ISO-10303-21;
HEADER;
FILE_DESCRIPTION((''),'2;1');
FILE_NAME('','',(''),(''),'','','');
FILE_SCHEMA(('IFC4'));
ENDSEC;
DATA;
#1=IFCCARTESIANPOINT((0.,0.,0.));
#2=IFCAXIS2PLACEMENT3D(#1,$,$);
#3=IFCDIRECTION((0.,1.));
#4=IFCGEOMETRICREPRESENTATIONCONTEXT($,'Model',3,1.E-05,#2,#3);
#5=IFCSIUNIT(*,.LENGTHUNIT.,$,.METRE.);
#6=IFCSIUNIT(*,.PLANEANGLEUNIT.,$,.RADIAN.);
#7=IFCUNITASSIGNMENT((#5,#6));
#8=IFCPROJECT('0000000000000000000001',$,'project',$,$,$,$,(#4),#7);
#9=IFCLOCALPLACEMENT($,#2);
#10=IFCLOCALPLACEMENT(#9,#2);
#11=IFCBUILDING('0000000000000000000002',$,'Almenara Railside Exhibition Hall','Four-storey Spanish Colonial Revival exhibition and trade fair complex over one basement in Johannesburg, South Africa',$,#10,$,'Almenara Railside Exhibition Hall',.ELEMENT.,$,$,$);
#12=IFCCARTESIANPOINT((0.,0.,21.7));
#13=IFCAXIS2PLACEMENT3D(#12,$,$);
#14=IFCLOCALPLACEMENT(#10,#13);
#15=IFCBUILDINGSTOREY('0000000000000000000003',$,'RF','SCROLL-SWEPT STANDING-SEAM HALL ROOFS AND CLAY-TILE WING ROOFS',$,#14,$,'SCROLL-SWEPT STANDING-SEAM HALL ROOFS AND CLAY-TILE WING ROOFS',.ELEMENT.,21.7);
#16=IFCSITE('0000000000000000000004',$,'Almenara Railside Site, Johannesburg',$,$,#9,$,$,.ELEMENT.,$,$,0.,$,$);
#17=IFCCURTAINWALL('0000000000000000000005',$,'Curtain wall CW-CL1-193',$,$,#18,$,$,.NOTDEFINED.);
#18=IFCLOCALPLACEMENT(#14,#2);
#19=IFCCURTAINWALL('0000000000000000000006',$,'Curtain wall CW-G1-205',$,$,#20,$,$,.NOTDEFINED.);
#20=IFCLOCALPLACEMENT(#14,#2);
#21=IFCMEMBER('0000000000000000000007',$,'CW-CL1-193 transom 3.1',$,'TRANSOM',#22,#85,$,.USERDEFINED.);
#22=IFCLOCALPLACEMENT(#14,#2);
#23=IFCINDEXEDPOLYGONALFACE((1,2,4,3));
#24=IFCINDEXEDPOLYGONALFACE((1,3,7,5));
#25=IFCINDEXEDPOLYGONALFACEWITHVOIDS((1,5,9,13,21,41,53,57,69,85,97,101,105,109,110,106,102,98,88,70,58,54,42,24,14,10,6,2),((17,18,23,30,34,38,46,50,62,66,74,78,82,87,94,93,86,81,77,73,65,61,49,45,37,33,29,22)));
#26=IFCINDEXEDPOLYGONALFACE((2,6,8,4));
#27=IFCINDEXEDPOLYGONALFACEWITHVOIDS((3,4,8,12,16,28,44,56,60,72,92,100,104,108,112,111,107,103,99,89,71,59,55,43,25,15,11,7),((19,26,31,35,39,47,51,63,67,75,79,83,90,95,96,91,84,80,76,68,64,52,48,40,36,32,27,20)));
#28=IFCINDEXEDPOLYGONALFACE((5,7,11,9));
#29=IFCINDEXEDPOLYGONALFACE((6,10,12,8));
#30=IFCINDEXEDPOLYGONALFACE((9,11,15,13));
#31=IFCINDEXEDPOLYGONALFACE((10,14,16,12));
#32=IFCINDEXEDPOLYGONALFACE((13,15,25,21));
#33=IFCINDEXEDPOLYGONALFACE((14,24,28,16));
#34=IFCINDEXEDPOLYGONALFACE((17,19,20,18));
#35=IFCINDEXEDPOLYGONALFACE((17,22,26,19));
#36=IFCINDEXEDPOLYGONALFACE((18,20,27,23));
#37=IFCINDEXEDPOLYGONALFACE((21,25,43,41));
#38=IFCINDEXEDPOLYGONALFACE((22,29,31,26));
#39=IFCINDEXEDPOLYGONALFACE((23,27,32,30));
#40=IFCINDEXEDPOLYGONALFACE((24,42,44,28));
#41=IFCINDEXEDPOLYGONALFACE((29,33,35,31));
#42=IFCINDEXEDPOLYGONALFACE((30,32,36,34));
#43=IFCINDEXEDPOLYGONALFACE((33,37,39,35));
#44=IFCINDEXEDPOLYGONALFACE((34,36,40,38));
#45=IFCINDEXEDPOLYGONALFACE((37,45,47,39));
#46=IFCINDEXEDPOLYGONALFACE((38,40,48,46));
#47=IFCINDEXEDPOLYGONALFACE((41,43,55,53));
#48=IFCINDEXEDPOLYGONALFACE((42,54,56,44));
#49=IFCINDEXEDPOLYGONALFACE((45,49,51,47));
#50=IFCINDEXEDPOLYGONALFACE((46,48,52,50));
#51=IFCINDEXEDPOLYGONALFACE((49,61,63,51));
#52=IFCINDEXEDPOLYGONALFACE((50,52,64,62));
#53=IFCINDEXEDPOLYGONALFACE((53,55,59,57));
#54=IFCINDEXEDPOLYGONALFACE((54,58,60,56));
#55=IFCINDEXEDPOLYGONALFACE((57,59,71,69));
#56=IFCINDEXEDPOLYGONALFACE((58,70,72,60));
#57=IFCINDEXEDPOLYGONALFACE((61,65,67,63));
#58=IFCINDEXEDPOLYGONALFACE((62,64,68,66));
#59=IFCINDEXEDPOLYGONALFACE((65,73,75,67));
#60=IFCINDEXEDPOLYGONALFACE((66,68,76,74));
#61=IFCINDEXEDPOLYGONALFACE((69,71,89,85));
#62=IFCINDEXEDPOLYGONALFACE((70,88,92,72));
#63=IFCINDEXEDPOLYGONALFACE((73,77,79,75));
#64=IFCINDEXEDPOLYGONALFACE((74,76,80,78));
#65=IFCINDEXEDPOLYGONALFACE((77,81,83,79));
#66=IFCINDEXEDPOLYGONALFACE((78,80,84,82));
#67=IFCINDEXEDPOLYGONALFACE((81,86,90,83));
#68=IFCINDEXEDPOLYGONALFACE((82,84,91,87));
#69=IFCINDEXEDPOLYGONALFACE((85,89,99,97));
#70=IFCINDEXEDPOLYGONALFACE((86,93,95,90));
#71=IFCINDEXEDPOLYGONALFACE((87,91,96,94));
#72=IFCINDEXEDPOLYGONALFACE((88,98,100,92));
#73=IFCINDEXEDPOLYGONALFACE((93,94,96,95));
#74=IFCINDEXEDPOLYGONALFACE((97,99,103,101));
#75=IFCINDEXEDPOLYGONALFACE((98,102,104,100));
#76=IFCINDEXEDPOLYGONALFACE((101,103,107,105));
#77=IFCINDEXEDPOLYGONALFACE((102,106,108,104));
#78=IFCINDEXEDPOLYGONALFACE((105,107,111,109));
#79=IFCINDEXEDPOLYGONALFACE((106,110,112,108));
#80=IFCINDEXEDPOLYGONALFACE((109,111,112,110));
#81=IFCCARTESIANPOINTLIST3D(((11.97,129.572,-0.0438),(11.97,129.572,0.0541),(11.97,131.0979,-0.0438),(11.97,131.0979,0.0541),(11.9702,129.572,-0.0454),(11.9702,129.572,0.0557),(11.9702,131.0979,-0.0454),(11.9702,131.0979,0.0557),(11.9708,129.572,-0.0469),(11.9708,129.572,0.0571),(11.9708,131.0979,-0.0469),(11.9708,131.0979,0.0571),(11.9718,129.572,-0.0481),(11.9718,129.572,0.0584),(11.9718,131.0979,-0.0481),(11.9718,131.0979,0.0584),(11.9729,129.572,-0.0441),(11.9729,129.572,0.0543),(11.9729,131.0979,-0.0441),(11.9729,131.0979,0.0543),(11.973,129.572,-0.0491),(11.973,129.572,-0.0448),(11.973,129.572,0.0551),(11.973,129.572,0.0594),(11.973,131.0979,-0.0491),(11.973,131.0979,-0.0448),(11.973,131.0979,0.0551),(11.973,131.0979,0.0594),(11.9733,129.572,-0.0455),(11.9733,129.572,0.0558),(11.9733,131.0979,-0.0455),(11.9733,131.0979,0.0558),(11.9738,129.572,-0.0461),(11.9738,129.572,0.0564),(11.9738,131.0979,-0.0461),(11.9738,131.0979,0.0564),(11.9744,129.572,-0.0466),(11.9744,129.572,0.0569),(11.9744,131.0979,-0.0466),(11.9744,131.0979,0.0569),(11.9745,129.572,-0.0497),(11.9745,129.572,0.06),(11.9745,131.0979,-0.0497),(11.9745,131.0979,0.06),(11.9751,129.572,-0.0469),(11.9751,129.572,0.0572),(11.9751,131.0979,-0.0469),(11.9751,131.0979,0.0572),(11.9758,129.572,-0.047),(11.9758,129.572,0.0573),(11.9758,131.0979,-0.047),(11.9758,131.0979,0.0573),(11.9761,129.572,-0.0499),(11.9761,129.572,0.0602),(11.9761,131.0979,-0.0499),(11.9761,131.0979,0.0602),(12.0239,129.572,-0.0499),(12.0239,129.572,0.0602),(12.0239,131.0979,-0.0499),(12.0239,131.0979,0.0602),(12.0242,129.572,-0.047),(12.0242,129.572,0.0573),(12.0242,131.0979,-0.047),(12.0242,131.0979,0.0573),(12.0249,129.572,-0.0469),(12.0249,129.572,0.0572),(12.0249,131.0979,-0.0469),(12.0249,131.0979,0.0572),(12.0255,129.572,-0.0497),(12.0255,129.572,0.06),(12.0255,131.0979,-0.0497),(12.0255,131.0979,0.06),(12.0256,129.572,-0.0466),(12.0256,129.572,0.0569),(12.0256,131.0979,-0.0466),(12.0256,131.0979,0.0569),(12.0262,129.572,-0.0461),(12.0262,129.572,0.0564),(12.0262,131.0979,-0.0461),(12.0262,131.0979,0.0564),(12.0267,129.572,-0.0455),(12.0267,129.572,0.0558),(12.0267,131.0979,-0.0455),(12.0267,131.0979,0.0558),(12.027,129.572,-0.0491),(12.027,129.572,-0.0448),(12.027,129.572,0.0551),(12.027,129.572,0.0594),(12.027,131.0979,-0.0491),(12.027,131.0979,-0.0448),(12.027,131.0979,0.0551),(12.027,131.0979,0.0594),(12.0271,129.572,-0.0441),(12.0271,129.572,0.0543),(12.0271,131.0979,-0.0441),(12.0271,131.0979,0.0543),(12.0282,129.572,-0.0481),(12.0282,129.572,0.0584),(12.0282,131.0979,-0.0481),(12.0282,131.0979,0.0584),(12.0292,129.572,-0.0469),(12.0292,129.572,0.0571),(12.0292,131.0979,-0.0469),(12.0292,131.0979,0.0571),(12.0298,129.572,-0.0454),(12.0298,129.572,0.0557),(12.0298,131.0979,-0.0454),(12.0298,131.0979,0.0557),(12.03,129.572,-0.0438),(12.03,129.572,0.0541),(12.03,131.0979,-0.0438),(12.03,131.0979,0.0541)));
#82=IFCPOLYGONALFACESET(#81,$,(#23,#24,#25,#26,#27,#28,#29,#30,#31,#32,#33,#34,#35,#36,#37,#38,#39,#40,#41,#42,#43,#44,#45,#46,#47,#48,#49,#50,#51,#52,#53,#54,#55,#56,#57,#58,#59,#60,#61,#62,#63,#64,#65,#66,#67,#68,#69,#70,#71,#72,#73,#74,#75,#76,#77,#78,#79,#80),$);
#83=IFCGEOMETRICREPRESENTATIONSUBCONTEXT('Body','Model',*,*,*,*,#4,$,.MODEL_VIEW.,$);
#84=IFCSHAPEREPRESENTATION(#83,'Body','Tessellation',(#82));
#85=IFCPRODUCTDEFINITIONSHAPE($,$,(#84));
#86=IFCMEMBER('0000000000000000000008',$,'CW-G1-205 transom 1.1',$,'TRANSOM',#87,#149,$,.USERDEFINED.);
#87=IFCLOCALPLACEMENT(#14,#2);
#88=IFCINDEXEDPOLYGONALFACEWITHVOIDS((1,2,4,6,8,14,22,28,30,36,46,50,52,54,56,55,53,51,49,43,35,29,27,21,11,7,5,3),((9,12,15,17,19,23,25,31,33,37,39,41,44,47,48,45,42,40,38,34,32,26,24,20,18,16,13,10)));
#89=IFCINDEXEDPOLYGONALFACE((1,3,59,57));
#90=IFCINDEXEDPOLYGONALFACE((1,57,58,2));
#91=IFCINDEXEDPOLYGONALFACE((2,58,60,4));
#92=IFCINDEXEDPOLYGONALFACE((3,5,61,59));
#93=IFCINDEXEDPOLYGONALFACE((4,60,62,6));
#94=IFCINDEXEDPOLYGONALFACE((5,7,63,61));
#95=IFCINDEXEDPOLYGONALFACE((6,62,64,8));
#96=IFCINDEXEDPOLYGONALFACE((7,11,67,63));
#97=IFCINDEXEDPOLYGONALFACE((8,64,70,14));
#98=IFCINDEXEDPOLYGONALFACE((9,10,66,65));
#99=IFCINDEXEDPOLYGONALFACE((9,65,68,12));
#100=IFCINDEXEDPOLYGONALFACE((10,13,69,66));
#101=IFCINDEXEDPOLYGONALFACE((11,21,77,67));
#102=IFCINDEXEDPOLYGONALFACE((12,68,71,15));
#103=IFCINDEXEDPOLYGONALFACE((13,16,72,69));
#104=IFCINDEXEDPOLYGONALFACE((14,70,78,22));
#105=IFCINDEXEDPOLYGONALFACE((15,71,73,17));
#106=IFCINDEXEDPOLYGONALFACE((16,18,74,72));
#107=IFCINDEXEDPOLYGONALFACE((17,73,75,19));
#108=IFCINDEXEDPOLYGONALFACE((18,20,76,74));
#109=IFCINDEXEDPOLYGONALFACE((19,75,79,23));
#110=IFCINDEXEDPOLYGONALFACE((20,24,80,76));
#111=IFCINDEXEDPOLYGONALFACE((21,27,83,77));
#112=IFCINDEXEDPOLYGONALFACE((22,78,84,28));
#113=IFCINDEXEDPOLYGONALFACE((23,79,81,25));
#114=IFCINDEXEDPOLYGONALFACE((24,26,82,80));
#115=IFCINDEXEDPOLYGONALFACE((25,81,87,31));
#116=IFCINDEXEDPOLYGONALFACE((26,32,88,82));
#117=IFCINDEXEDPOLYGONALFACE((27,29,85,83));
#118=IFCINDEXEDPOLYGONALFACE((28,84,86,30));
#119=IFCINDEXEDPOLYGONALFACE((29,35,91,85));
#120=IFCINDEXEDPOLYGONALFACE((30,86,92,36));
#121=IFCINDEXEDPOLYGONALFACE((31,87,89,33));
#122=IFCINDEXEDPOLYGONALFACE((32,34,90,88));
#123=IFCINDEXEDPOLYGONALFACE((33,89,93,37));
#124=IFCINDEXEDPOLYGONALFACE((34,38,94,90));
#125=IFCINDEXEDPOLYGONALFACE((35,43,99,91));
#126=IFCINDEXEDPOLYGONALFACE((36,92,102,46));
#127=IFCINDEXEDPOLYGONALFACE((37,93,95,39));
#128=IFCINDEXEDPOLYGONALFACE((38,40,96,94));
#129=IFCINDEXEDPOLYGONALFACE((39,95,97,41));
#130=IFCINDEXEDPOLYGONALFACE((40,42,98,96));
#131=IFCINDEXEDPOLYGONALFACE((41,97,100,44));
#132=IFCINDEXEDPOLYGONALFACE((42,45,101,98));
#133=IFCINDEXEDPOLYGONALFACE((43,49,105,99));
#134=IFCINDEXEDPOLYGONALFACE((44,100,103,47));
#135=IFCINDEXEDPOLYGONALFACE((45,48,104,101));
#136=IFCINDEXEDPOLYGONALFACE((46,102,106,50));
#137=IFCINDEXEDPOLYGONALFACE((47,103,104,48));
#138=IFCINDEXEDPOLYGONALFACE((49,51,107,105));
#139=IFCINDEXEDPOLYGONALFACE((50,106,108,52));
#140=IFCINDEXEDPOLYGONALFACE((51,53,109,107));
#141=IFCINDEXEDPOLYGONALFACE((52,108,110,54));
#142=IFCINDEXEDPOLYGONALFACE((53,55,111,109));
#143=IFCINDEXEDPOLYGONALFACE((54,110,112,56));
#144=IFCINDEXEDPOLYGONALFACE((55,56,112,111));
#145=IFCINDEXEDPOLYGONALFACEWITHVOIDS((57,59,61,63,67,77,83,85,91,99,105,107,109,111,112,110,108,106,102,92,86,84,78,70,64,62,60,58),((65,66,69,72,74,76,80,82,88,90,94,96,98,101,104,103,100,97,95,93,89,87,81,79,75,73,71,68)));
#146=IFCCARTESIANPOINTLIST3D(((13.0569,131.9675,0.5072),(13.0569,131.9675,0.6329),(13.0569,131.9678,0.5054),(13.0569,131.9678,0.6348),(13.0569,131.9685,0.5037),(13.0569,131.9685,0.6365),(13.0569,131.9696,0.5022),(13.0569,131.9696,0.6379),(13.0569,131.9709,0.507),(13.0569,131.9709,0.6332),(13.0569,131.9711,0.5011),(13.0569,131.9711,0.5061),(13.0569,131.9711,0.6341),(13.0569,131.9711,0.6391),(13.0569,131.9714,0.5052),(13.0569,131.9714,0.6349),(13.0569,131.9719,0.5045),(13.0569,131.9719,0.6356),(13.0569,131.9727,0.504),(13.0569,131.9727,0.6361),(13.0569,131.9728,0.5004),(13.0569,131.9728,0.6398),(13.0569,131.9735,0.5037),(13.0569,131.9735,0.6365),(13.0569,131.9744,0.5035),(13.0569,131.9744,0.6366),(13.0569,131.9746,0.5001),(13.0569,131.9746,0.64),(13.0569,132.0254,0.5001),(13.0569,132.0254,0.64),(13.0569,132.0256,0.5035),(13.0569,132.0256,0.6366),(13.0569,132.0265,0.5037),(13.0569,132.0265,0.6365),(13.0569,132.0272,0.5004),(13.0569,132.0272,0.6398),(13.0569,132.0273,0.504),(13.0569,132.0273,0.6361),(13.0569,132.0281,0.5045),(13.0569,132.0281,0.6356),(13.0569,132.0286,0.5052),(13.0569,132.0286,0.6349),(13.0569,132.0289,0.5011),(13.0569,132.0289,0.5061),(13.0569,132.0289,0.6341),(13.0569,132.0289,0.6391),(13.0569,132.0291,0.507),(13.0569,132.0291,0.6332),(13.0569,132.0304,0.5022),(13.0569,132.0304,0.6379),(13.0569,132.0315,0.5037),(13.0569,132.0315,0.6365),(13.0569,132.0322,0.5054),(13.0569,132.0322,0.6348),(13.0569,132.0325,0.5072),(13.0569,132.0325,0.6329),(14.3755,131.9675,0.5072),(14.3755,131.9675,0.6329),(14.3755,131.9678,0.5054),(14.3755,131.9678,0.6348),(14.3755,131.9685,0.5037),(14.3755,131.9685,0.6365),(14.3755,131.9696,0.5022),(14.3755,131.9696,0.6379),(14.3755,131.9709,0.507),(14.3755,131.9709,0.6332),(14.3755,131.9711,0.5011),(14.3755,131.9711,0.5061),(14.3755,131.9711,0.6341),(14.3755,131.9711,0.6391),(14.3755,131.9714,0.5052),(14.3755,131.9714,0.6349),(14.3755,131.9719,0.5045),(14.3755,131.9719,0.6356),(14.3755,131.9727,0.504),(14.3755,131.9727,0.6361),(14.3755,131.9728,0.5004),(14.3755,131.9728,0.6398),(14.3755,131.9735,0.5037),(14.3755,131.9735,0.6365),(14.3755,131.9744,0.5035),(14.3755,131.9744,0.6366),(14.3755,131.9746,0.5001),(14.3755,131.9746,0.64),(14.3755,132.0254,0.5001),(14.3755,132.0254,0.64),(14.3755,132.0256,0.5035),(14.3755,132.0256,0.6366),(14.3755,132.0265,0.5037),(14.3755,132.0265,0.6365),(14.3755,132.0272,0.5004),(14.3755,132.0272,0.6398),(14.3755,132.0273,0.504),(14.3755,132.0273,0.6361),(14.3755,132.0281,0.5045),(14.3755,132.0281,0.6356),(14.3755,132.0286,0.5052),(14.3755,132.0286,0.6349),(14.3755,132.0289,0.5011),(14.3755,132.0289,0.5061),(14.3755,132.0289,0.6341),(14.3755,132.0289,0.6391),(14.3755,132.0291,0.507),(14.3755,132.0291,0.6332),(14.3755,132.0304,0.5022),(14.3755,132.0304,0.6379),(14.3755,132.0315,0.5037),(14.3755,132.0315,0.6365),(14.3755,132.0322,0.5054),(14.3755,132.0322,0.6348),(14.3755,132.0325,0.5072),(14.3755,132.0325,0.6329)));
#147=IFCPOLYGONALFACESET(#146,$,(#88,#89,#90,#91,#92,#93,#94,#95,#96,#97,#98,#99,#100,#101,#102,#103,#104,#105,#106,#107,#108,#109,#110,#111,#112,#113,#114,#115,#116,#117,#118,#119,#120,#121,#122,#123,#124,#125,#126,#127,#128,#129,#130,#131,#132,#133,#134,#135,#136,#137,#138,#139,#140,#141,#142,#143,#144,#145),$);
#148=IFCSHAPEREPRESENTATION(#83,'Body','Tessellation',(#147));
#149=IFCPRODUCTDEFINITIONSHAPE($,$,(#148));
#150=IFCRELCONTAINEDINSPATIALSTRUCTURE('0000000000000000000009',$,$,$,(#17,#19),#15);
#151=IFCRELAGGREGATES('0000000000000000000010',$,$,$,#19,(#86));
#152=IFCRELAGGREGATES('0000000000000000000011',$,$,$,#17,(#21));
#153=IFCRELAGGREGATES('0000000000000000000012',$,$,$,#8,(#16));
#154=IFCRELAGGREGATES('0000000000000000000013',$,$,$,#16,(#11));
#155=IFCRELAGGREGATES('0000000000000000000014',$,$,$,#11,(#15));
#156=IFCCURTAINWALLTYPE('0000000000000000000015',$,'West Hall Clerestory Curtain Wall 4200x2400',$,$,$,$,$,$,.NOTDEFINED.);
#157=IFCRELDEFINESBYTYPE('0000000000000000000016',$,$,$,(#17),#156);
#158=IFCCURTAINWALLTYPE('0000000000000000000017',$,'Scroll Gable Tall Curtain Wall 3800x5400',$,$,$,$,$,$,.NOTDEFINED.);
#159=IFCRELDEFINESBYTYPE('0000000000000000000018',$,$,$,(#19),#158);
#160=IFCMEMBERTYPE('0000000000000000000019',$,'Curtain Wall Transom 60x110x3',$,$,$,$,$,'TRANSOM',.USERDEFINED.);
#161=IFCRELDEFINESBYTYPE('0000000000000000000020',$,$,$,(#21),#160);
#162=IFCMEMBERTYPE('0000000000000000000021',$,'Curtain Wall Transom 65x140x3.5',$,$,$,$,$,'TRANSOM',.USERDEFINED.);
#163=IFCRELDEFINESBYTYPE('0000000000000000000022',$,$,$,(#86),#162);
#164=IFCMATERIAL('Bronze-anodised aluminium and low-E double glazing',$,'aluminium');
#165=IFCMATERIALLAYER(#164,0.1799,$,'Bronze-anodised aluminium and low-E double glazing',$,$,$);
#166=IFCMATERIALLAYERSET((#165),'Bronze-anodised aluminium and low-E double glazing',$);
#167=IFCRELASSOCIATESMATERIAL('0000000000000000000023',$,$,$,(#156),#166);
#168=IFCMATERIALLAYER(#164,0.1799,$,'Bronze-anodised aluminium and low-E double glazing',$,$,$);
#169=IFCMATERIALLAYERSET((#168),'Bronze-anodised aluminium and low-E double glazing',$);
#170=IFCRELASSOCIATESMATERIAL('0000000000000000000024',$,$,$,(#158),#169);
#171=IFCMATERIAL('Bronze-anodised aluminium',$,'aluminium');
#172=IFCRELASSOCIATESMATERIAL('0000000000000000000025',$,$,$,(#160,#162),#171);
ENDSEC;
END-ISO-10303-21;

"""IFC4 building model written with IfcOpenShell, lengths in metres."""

from ifc_helpers import new_model, si_unit, direction, frame, origin, origin_2d, place, context, subcontext, project, spatial, hollow_rectangle, extrude, material, layer, layer_set, material_profile, profile_set, type_object, element, aggregate, save


model = new_model("IFC4")

# Units and contexts
model_context = context("Model", 3, precision=1e-05, world=origin(), true_north=direction((0.0, 1.0)))
body_context = subcontext(model_context, "Body", "Model", "MODEL_VIEW")
ifc_project = project(units=[si_unit("LENGTHUNIT", "METRE"), si_unit("PLANEANGLEUNIT", "RADIAN")], contexts=[model_context])

# Site, building, storey
site_placement = place(None, origin())
site = spatial("IfcSite", under=ifc_project, at=site_placement, Name="Almenara Railside Site, Johannesburg", CompositionType="ELEMENT", RefElevation=0.0)
building_placement = place(site_placement, origin())
building = spatial("IfcBuilding", under=site, at=building_placement, Name="Almenara Railside Exhibition Hall", Description="Four-storey Spanish Colonial Revival exhibition and trade fair complex over one basement in Johannesburg, South Africa", LongName="Almenara Railside Exhibition Hall", CompositionType="ELEMENT")
storey_placement = place(building_placement, frame((0.0, 0.0, 21.7)))
storey = spatial("IfcBuildingStorey", under=building, at=storey_placement, Name="RF", Description="SCROLL-SWEPT STANDING-SEAM HALL ROOFS AND CLAY-TILE WING ROOFS", LongName="SCROLL-SWEPT STANDING-SEAM HALL ROOFS AND CLAY-TILE WING ROOFS", CompositionType="ELEMENT", Elevation=21.7)

# Curtain walls
ifc_material_1 = material(Name="Bronze-anodised aluminium and low-E double glazing", Category="aluminium")
ifc_layer_1 = layer(ifc_material_1, 0.1799, Name="Bronze-anodised aluminium and low-E double glazing")
ifc_layer_set_1 = layer_set([ifc_layer_1], Name="Bronze-anodised aluminium and low-E double glazing")
curtain_wall_type_1 = type_object("IfcCurtainWallType", Name="West Hall Clerestory Curtain Wall 4200x2400", PredefinedType="NOTDEFINED", material=ifc_layer_set_1)
curtain_wall_1_placement = place(storey_placement, origin())
curtain_wall_1 = element("IfcCurtainWall", 1, at=curtain_wall_1_placement, inside=storey, type_object=curtain_wall_type_1, Name="Curtain wall CW-CL1-193", PredefinedType="NOTDEFINED")
ifc_material_2 = material(Name="Bronze-anodised aluminium", Category="aluminium")
ifc_layer_2 = layer(ifc_material_1, 0.1799, Name="Bronze-anodised aluminium and low-E double glazing")
ifc_layer_set_2 = layer_set([ifc_layer_2], Name="Bronze-anodised aluminium and low-E double glazing")
curtain_wall_type_2 = type_object("IfcCurtainWallType", Name="Scroll Gable Tall Curtain Wall 3800x5400", PredefinedType="NOTDEFINED", material=ifc_layer_set_2)
curtain_wall_2_placement = place(storey_placement, origin())
curtain_wall_2 = element("IfcCurtainWall", 2, at=curtain_wall_2_placement, inside=storey, type_object=curtain_wall_type_2, Name="Curtain wall CW-G1-205", PredefinedType="NOTDEFINED")

# Members
ifc_material_profile_1 = material_profile(ifc_material_2, hollow_rectangle(XDim=0.0601, YDim=0.1101, WallThickness=0.0029, InnerFilletRadius=0.0029, OuterFilletRadius=0.0061, at=origin_2d()), Name="ALU-TRN 60x110x3")
ifc_profile_set_1 = profile_set([ifc_material_profile_1], Name="Bronze-anodised aluminium")
member_type_1 = type_object("IfcMemberType", Name="Curtain Wall Transom 60x110x3", ElementType="TRANSOM", PredefinedType="USERDEFINED", material=ifc_profile_set_1)
member_1_placement = place(storey_placement, frame((12.0, 129.572, 0.0051), z_axis=(0.0, 1.0, 0.0), x_axis=(-1.0, 0.0, 0.0)))
member_1 = element("IfcMember", 3, at=member_1_placement, type_object=member_type_1, Name="CW-CL1-193 transom 3.1", ObjectType="TRANSOM", PredefinedType="USERDEFINED", context=body_context, shape_type="SweptSolid", body=[
    extrude(hollow_rectangle(XDim=0.0601, YDim=0.1101, WallThickness=0.0029, InnerFilletRadius=0.0029, OuterFilletRadius=0.0061, at=origin_2d()), origin(), (0.0, 0.0, 1.0), 1.5259),
])
ifc_material_profile_2 = material_profile(ifc_material_2, hollow_rectangle(XDim=0.0649, YDim=0.1399, WallThickness=0.0034, InnerFilletRadius=0.0034, OuterFilletRadius=0.0071, at=origin_2d()), Name="ALU-TRN 65x140x3.5")
ifc_profile_set_2 = profile_set([ifc_material_profile_2], Name="Bronze-anodised aluminium")
member_type_2 = type_object("IfcMemberType", Name="Curtain Wall Transom 65x140x3.5", ElementType="TRANSOM", PredefinedType="USERDEFINED", material=ifc_profile_set_2)
member_2_placement = place(storey_placement, frame((13.0569, 132.0, 0.5701), z_axis=(1.0, 0.0, 0.0), x_axis=(0.0, 1.0, 0.0)))
member_2 = element("IfcMember", 4, at=member_2_placement, type_object=member_type_2, Name="CW-G1-205 transom 1.1", ObjectType="TRANSOM", PredefinedType="USERDEFINED", context=body_context, shape_type="SweptSolid", body=[
    extrude(hollow_rectangle(XDim=0.0649, YDim=0.1399, WallThickness=0.0034, InnerFilletRadius=0.0034, OuterFilletRadius=0.0071, at=origin_2d()), origin(), (0.0, 0.0, 1.0), 1.3186),
])

aggregate(curtain_wall_2, [member_2])
aggregate(curtain_wall_1, [member_1])

save(model, "model.ifc")
